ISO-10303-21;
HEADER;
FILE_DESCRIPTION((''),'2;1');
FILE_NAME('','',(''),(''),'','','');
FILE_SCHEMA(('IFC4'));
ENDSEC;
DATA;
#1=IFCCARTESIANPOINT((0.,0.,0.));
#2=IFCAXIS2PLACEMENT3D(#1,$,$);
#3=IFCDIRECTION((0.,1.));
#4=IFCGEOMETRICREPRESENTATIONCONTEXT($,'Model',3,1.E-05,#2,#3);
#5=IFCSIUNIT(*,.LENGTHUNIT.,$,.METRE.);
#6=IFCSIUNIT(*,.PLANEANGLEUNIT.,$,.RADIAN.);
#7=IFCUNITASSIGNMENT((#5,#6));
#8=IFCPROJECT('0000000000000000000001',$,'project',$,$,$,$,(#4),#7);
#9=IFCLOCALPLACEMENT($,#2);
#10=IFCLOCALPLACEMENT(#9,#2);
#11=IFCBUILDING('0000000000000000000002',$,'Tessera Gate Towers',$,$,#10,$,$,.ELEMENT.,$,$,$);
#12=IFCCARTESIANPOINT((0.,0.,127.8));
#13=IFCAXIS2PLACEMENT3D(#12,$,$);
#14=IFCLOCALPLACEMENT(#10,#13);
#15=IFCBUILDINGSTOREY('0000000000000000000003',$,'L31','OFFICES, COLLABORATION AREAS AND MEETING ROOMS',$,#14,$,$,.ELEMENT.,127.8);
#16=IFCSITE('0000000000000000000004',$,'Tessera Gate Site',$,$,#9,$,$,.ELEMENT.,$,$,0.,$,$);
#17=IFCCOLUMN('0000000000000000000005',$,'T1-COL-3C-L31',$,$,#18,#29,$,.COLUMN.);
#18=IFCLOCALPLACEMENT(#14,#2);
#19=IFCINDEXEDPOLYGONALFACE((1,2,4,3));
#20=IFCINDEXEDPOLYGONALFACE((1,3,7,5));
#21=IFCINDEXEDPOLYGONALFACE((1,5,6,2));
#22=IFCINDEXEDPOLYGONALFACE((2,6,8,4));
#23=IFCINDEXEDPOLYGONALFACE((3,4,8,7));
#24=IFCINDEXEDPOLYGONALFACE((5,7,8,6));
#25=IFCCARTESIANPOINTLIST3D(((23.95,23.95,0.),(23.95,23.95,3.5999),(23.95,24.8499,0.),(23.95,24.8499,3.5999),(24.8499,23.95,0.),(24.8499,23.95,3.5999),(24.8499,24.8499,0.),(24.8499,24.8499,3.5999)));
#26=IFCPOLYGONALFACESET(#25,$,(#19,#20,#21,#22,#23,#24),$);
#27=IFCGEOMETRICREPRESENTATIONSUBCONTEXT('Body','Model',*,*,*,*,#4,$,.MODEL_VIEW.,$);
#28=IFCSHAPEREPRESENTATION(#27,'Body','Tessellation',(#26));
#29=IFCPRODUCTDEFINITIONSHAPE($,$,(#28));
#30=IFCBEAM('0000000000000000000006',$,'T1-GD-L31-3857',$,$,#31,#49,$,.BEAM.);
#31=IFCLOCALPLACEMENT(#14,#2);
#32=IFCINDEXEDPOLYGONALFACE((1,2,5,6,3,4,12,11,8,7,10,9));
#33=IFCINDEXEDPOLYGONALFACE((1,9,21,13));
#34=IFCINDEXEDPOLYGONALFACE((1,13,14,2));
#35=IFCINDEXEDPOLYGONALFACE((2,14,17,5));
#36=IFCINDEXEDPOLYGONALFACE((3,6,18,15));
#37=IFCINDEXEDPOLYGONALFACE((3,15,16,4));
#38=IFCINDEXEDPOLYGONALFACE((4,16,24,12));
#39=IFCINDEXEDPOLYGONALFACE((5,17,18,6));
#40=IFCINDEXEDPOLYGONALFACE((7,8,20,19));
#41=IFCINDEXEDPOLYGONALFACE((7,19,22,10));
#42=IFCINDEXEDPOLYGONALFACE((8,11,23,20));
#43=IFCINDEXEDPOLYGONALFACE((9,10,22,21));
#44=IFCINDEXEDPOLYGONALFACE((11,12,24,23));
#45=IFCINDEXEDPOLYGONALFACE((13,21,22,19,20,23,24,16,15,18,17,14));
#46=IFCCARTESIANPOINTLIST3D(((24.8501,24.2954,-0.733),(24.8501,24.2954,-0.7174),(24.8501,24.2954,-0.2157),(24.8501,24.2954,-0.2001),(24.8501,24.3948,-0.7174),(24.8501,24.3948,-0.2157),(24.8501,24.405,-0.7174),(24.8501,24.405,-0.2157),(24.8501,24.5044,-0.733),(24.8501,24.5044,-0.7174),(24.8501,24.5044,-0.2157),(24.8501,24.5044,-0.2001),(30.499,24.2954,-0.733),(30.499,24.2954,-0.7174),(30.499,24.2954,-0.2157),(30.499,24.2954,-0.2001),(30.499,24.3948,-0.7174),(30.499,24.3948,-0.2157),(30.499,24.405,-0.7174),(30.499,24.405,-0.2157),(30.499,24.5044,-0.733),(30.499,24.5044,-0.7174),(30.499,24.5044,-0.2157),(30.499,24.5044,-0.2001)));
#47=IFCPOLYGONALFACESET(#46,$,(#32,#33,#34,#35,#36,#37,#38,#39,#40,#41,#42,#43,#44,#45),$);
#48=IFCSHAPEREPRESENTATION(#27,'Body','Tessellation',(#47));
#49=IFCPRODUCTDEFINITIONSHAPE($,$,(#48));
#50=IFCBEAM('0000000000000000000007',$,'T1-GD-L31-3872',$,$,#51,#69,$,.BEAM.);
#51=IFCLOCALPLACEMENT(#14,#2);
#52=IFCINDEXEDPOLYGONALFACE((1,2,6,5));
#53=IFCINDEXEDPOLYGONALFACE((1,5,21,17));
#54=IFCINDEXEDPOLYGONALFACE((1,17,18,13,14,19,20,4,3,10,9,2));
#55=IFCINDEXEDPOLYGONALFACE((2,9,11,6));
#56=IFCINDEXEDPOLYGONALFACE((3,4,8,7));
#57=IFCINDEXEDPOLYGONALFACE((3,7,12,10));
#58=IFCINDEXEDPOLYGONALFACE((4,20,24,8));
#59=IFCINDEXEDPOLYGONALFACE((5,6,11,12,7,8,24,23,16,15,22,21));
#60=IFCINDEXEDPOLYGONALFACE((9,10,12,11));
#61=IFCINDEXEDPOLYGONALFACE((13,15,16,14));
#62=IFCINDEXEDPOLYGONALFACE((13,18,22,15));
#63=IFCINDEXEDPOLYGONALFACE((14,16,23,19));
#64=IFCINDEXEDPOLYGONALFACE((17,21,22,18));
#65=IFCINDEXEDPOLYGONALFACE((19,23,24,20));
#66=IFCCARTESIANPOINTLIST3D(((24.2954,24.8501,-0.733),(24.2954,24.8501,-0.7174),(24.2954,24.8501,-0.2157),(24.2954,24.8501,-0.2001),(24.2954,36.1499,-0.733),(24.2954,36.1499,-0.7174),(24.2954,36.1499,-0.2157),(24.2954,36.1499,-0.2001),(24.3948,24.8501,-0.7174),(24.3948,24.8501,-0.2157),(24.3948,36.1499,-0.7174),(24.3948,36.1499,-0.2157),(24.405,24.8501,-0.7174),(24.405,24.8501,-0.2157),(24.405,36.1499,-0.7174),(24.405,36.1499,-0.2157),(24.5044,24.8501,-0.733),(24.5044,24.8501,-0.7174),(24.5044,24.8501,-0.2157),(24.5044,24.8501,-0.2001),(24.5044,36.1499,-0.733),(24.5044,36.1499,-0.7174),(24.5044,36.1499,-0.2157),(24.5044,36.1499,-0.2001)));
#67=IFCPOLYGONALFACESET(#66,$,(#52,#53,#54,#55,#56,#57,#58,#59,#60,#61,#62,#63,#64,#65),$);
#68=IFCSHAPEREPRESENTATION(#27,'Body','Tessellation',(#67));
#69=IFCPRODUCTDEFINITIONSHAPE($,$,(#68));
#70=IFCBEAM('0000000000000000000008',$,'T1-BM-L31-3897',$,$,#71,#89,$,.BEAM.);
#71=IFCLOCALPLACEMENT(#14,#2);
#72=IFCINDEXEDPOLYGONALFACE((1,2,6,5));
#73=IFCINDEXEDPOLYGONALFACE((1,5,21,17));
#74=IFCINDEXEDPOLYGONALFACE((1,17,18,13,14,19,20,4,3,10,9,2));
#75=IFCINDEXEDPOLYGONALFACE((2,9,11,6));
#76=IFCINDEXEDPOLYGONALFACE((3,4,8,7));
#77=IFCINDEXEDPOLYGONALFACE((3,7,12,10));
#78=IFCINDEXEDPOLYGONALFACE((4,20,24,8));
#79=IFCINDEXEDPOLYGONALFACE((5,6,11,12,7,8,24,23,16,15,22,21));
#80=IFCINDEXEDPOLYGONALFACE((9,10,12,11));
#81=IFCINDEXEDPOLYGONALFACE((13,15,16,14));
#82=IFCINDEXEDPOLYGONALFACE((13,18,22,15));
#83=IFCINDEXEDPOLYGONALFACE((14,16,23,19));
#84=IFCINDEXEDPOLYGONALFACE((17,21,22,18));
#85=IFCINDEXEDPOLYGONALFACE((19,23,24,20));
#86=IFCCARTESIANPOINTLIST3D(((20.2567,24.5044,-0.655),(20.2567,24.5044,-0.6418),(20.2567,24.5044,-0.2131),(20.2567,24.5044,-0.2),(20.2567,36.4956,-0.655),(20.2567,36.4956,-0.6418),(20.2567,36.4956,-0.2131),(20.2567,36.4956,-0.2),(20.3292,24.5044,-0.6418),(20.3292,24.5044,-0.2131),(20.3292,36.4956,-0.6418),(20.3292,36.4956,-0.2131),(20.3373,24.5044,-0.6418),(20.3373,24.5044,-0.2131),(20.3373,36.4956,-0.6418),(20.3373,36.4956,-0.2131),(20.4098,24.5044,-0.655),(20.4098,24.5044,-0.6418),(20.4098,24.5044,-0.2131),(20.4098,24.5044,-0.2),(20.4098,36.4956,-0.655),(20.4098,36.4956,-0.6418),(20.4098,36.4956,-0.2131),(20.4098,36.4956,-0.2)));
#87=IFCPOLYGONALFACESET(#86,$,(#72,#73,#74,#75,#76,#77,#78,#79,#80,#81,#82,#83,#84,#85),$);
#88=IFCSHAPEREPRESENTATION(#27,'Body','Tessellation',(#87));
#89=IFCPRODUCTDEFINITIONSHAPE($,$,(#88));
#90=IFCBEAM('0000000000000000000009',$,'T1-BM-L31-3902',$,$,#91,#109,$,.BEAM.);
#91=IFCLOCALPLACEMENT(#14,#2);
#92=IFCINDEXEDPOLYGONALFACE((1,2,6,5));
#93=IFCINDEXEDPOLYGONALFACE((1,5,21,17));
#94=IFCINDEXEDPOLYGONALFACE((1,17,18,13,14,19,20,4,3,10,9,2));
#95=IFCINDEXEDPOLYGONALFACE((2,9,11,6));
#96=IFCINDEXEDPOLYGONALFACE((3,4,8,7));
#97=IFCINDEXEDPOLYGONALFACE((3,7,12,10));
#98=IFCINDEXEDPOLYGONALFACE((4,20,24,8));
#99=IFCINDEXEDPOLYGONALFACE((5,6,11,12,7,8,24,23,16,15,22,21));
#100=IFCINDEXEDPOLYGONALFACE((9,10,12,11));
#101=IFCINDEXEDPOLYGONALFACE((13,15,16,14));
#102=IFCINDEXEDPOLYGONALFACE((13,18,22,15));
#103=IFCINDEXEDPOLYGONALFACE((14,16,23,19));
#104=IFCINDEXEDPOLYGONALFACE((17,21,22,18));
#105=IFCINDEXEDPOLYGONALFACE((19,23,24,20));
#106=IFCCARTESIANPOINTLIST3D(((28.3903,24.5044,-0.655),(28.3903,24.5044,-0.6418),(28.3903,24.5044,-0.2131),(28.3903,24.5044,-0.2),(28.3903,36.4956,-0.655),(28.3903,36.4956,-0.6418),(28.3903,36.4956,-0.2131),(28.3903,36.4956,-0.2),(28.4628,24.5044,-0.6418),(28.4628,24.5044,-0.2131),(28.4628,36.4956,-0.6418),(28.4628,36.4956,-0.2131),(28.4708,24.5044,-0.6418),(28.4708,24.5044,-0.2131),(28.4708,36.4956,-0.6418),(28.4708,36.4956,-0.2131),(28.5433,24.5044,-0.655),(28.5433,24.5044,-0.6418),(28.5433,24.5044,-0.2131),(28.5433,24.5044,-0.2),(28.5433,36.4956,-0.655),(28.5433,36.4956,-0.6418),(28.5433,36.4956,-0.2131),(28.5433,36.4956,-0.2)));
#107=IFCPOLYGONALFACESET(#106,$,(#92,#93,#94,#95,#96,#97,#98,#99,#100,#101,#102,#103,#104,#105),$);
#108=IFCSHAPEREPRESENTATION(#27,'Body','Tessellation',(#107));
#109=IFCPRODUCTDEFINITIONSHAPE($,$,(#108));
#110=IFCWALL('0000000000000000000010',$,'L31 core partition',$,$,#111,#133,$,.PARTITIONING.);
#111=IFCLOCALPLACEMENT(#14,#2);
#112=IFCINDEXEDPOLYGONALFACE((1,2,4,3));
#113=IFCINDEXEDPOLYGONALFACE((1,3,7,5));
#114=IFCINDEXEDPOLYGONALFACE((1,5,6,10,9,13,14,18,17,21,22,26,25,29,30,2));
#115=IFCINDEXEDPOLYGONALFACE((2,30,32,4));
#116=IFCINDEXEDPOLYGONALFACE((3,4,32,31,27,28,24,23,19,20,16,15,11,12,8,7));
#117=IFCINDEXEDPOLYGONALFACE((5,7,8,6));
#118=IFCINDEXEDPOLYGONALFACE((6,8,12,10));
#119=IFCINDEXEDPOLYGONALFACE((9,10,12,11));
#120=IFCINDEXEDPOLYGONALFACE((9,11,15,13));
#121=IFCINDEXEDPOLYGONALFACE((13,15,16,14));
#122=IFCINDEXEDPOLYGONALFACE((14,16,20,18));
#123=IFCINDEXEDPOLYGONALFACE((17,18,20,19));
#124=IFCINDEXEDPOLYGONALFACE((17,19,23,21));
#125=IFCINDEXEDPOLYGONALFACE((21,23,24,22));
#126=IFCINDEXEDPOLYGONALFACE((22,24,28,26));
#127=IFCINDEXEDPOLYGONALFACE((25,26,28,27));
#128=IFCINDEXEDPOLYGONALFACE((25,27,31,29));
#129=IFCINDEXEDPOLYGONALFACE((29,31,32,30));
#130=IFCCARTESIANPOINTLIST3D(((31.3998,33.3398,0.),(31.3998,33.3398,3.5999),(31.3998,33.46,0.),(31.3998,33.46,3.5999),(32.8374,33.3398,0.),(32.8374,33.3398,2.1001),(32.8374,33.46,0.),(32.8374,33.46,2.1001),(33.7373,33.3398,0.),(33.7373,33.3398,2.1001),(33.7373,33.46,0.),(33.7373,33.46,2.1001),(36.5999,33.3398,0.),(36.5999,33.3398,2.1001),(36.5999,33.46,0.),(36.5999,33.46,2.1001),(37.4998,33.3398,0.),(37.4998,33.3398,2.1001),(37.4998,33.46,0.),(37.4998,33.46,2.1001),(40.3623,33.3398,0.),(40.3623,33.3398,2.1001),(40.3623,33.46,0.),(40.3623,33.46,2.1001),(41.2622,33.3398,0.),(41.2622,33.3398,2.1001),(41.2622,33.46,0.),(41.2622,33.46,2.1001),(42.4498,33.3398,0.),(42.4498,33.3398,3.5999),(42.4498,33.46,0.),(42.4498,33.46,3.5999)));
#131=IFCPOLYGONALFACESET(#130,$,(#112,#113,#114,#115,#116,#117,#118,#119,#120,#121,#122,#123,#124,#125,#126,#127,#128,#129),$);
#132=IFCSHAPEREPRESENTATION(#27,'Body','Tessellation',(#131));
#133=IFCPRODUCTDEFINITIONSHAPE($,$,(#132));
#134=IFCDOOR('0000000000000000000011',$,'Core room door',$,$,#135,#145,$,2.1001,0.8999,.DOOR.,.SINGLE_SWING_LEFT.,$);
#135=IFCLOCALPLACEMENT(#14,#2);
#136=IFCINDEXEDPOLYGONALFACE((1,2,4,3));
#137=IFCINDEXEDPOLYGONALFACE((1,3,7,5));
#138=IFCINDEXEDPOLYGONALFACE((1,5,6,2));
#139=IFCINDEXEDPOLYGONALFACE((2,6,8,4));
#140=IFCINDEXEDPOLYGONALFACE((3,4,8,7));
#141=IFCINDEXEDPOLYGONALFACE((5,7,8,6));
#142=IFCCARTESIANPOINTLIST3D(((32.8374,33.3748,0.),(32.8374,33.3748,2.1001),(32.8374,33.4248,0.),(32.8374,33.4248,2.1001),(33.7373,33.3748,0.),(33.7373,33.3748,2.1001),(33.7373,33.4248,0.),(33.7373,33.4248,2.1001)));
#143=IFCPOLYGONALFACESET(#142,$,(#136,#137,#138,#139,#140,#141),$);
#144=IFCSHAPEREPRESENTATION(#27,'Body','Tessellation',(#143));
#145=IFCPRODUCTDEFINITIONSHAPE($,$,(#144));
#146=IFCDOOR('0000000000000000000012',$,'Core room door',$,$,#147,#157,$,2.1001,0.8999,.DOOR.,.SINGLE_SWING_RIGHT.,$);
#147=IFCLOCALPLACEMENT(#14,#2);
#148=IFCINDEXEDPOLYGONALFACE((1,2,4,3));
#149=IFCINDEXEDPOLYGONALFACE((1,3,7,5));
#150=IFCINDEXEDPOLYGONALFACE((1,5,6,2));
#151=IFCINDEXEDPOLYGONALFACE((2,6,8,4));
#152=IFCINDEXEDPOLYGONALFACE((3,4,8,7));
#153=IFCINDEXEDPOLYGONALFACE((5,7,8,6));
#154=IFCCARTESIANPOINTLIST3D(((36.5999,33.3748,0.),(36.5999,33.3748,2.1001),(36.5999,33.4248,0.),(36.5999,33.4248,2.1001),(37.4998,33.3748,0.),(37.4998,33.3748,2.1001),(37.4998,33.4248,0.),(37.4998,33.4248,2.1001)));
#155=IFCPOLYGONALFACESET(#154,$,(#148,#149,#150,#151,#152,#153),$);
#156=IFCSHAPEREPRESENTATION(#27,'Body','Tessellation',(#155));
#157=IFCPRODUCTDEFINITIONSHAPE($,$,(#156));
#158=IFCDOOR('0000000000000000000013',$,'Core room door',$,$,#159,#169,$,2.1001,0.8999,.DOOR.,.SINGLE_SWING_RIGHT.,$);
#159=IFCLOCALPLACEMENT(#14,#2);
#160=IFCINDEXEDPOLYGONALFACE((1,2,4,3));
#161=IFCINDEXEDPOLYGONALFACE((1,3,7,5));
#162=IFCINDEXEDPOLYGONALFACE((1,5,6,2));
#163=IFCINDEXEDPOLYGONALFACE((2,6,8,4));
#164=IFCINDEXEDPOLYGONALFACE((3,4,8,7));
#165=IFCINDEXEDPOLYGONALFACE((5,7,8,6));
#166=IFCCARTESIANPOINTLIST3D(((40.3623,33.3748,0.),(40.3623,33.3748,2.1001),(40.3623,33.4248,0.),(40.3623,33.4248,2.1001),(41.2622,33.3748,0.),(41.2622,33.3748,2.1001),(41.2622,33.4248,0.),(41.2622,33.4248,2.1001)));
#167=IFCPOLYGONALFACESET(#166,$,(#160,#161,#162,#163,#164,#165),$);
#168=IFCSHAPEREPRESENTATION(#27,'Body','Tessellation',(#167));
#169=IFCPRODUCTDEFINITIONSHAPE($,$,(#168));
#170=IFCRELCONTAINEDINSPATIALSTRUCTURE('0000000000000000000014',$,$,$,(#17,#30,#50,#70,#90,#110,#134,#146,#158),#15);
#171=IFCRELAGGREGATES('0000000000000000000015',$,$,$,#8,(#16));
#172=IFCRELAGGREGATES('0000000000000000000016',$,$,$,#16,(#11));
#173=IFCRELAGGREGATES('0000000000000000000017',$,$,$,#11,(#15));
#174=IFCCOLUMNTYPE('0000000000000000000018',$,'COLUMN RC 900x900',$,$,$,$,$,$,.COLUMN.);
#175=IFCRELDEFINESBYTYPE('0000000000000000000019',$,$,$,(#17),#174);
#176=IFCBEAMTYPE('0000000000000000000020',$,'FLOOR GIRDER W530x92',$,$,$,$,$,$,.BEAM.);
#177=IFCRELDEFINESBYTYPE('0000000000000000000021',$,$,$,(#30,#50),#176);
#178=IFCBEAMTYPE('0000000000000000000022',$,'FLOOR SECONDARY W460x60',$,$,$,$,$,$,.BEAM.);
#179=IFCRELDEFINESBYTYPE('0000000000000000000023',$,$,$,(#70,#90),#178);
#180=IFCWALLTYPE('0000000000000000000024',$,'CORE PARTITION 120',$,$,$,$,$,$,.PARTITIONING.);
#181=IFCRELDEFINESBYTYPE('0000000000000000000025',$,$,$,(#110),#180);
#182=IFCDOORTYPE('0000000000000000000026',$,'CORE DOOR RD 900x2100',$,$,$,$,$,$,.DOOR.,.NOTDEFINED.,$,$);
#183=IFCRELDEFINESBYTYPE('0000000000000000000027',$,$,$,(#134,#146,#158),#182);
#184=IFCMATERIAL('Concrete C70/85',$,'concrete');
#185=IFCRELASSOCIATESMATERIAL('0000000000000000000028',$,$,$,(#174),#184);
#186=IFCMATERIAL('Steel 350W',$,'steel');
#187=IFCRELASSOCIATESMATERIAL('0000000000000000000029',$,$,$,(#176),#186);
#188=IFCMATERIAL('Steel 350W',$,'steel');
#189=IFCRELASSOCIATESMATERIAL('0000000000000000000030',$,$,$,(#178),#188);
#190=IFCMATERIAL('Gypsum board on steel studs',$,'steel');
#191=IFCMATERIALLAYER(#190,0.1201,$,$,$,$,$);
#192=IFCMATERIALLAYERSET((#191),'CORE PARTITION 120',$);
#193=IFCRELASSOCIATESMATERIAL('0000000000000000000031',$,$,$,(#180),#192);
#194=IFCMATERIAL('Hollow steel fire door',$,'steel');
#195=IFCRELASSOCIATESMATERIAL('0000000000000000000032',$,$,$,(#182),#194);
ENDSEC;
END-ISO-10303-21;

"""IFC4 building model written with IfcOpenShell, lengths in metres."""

from ifc_helpers import new_model, si_unit, direction, frame, frame_2d, origin, origin_2d, place, context, subcontext, project, spatial, rectangle, i_section, extrude, source, transform, mapped, material, layer, layer_set, material_profile, profile_set, type_object, element, fill, save


model = new_model("IFC4")

# Units and contexts
model_context = context("Model", 3, precision=1e-05, world=origin(), true_north=direction((0.0, 1.0)))
body_context = subcontext(model_context, "Body", "Model", "MODEL_VIEW")
ifc_project = project(units=[si_unit("LENGTHUNIT", "METRE"), si_unit("PLANEANGLEUNIT", "RADIAN")], contexts=[model_context])

# Site, building, storey
site_placement = place(None, origin())
site = spatial("IfcSite", under=ifc_project, at=site_placement, Name="Tessera Gate Site", CompositionType="ELEMENT", RefElevation=0.0)
building_placement = place(site_placement, origin())
building = spatial("IfcBuilding", under=site, at=building_placement, Name="Tessera Gate Towers", CompositionType="ELEMENT")
storey_placement = place(building_placement, frame((0.0, 0.0, 127.8)))
storey = spatial("IfcBuildingStorey", under=building, at=storey_placement, Name="L31", Description="OFFICES, COLLABORATION AREAS AND MEETING ROOMS", CompositionType="ELEMENT", Elevation=127.8)

# Column
ifc_material_1 = material(Name="Concrete C70/85", Category="concrete")
ifc_material_profile_1 = material_profile(ifc_material_1, rectangle(XDim=0.8999, YDim=0.8999, at=origin_2d()), Name="RC 900x900")
ifc_profile_set_1 = profile_set([ifc_material_profile_1], Name="Concrete C70/85")
column_type = type_object("IfcColumnType", Name="COLUMN RC 900x900", PredefinedType="COLUMN", material=ifc_profile_set_1)
column_placement = place(storey_placement, frame((24.3999, 24.3999, 0.0), z_axis=(0.0, 0.0, 1.0), x_axis=(1.0, 0.0, 0.0)))
element("IfcColumn", 1, at=column_placement, inside=storey, type_object=column_type, Name="T1-COL-3C-L31", PredefinedType="COLUMN", context=body_context, shape_type="SweptSolid", body=[
    extrude(rectangle(XDim=0.8999, YDim=0.8999, at=origin_2d()), origin(), (0.0, 0.0, 1.0), 3.5999),
])

# Beams
ifc_material_2 = material(Name="Steel 350W", Category="steel")
ifc_material_profile_2 = material_profile(ifc_material_2, i_section(OverallWidth=0.209, OverallDepth=0.533, WebThickness=0.0103, FlangeThickness=0.0156, at=origin_2d()), Name="W530x92")
ifc_profile_set_2 = profile_set([ifc_material_profile_2], Name="Steel 350W")
beam_type_1 = type_object("IfcBeamType", Name="FLOOR GIRDER W530x92", PredefinedType="BEAM", material=ifc_profile_set_2)
beam_1_placement = place(storey_placement, frame((24.8501, 24.3999, -0.4666), z_axis=(1.0, 0.0, 0.0), x_axis=(0.0, 1.0, 0.0)))
element("IfcBeam", 2, at=beam_1_placement, inside=storey, type_object=beam_type_1, Name="T1-GD-L31-3857", PredefinedType="BEAM", context=body_context, shape_type="SweptSolid", body=[
    extrude(i_section(OverallWidth=0.209, OverallDepth=0.533, WebThickness=0.0103, FlangeThickness=0.0156, at=origin_2d()), origin(), (0.0, 0.0, 1.0), 5.6489),
])
beam_2_placement = place(storey_placement, frame((24.3999, 24.8501, -0.4666), z_axis=(0.0, 1.0, 0.0), x_axis=(-1.0, 0.0, 0.0)))
element("IfcBeam", 3, at=beam_2_placement, inside=storey, type_object=beam_type_1, Name="T1-GD-L31-3872", PredefinedType="BEAM", context=body_context, shape_type="SweptSolid", body=[
    extrude(i_section(OverallWidth=0.209, OverallDepth=0.533, WebThickness=0.0103, FlangeThickness=0.0156, at=origin_2d()), origin(), (0.0, 0.0, 1.0), 11.2998),
])
ifc_material_3 = material(Name="Steel 350W", Category="steel")
ifc_material_profile_3 = material_profile(ifc_material_3, i_section(OverallWidth=0.1531, OverallDepth=0.4551, WebThickness=0.0081, FlangeThickness=0.0132, at=origin_2d()), Name="W460x60")
ifc_profile_set_3 = profile_set([ifc_material_profile_3], Name="Steel 350W")
beam_type_2 = type_object("IfcBeamType", Name="FLOOR SECONDARY W460x60", PredefinedType="BEAM", material=ifc_profile_set_3)
for number, where, z_axis, x_axis, name in (
    (4, (20.3333, 24.5044, -0.4275), (0.0, 1.0, 0.0), (-1.0, 0.0, 0.0), "T1-BM-L31-3897"),
    (5, (28.4668, 24.5044, -0.4275), (0.0, 1.0, 0.0), (-1.0, 0.0, 0.0), "T1-BM-L31-3902"),
):
    element("IfcBeam", number, at=place(storey_placement, frame(where, z_axis=z_axis, x_axis=x_axis)), inside=storey, type_object=beam_type_2, Name=name, PredefinedType="BEAM", context=body_context, shape_type="SweptSolid", body=[
        extrude(i_section(OverallWidth=0.1531, OverallDepth=0.4551, WebThickness=0.0081, FlangeThickness=0.0132, at=origin_2d()), origin(), (0.0, 0.0, 1.0), 11.9912),
    ])

# Wall, openings, doors
ifc_material_4 = material(Name="Gypsum board on steel studs", Category="steel")
ifc_layer_1 = layer(ifc_material_4, 0.1201)
ifc_layer_set_1 = layer_set([ifc_layer_1], Name="CORE PARTITION 120")
wall_type_1 = type_object("IfcWallType", Name="CORE PARTITION 120", PredefinedType="PARTITIONING", material=ifc_layer_set_1)
wall_1_placement = place(storey_placement, frame((31.3999, 33.3999, 0.0), z_axis=(0.0, 0.0, 1.0), x_axis=(1.0, 0.0, 0.0)))
wall_1 = element("IfcWall", 6, at=wall_1_placement, inside=storey, type_object=wall_type_1, Name="L31 core partition", PredefinedType="PARTITIONING", context=body_context, shape_type="SweptSolid", body=[
    extrude(rectangle(XDim=11.05, YDim=0.1201, at=frame_2d((5.5249, 0.0))), origin(), (0.0, 0.0, 1.0), 3.5999),
])
shared_shape_1 = source(origin(), body_context, "Body", "SweptSolid", [
    extrude(rectangle(XDim=0.8999, YDim=2.1001, at=frame_2d((0.45, 1.05))), frame((0.0, 0.0701, 0.0), z_axis=(0.0, -1.0, 0.0), x_axis=(1.0, 0.0, 0.0)), (0.0, 0.0, 1.0), 0.1401),
])
opening_1_placement = place(wall_1_placement, frame((1.4375, 0.0, 0.0)))
opening_1 = element("IfcOpeningElement", 7, at=opening_1_placement, cuts=wall_1, PredefinedType="OPENING", context=body_context, shape_type="MappedRepresentation", body=[
    mapped(shared_shape_1, transform((0.0, 0.0, 0.0), scale=1.0)),
])
opening_2_placement = place(wall_1_placement, frame((5.2, 0.0, 0.0)))
opening_2 = element("IfcOpeningElement", 8, at=opening_2_placement, cuts=wall_1, PredefinedType="OPENING", context=body_context, shape_type="MappedRepresentation", body=[
    mapped(shared_shape_1, transform((0.0, 0.0, 0.0), scale=1.0)),
])
opening_3_placement = place(wall_1_placement, frame((8.9624, 0.0, 0.0)))
opening_3 = element("IfcOpeningElement", 9, at=opening_3_placement, cuts=wall_1, PredefinedType="OPENING", context=body_context, shape_type="MappedRepresentation", body=[
    mapped(shared_shape_1, transform((0.0, 0.0, 0.0), scale=1.0)),
])
ifc_material_5 = material(Name="Hollow steel fire door", Category="steel")
door_type_1 = type_object("IfcDoorType", Name="CORE DOOR RD 900x2100", OperationType="NOTDEFINED", PredefinedType="DOOR", material=ifc_material_5)
shared_shape_2 = source(origin(), body_context, "Body", "SweptSolid", [
    extrude(rectangle(XDim=0.8999, YDim=2.1001, at=frame_2d((0.45, 1.05))), frame((0.0, 0.0249, 0.0), z_axis=(0.0, -1.0, 0.0), x_axis=(1.0, 0.0, 0.0)), (0.0, 0.0, 1.0), 0.05),
])
door_1_placement = place(opening_1_placement, origin())
door_1 = element("IfcDoor", 10, at=door_1_placement, inside=storey, type_object=door_type_1, Name="Core room door", OperationType="SINGLE_SWING_LEFT", OverallHeight=2.1001, OverallWidth=0.8999, PredefinedType="DOOR", context=body_context, shape_type="MappedRepresentation", body=[
    mapped(shared_shape_2, transform((0.0, 0.0, 0.0), scale=1.0)),
])
fill(opening_1, door_1)
door_2_placement = place(opening_2_placement, origin())
door_2 = element("IfcDoor", 11, at=door_2_placement, inside=storey, type_object=door_type_1, Name="Core room door", OperationType="SINGLE_SWING_RIGHT", OverallHeight=2.1001, OverallWidth=0.8999, PredefinedType="DOOR", context=body_context, shape_type="MappedRepresentation", body=[
    mapped(shared_shape_2, transform((0.0, 0.0, 0.0), scale=1.0)),
])
fill(opening_2, door_2)
door_3_placement = place(opening_3_placement, origin())
door_3 = element("IfcDoor", 12, at=door_3_placement, inside=storey, type_object=door_type_1, Name="Core room door", OperationType="SINGLE_SWING_RIGHT", OverallHeight=2.1001, OverallWidth=0.8999, PredefinedType="DOOR", context=body_context, shape_type="MappedRepresentation", body=[
    mapped(shared_shape_2, transform((0.0, 0.0, 0.0), scale=1.0)),
])
fill(opening_3, door_3)

save(model, "model.ifc")
